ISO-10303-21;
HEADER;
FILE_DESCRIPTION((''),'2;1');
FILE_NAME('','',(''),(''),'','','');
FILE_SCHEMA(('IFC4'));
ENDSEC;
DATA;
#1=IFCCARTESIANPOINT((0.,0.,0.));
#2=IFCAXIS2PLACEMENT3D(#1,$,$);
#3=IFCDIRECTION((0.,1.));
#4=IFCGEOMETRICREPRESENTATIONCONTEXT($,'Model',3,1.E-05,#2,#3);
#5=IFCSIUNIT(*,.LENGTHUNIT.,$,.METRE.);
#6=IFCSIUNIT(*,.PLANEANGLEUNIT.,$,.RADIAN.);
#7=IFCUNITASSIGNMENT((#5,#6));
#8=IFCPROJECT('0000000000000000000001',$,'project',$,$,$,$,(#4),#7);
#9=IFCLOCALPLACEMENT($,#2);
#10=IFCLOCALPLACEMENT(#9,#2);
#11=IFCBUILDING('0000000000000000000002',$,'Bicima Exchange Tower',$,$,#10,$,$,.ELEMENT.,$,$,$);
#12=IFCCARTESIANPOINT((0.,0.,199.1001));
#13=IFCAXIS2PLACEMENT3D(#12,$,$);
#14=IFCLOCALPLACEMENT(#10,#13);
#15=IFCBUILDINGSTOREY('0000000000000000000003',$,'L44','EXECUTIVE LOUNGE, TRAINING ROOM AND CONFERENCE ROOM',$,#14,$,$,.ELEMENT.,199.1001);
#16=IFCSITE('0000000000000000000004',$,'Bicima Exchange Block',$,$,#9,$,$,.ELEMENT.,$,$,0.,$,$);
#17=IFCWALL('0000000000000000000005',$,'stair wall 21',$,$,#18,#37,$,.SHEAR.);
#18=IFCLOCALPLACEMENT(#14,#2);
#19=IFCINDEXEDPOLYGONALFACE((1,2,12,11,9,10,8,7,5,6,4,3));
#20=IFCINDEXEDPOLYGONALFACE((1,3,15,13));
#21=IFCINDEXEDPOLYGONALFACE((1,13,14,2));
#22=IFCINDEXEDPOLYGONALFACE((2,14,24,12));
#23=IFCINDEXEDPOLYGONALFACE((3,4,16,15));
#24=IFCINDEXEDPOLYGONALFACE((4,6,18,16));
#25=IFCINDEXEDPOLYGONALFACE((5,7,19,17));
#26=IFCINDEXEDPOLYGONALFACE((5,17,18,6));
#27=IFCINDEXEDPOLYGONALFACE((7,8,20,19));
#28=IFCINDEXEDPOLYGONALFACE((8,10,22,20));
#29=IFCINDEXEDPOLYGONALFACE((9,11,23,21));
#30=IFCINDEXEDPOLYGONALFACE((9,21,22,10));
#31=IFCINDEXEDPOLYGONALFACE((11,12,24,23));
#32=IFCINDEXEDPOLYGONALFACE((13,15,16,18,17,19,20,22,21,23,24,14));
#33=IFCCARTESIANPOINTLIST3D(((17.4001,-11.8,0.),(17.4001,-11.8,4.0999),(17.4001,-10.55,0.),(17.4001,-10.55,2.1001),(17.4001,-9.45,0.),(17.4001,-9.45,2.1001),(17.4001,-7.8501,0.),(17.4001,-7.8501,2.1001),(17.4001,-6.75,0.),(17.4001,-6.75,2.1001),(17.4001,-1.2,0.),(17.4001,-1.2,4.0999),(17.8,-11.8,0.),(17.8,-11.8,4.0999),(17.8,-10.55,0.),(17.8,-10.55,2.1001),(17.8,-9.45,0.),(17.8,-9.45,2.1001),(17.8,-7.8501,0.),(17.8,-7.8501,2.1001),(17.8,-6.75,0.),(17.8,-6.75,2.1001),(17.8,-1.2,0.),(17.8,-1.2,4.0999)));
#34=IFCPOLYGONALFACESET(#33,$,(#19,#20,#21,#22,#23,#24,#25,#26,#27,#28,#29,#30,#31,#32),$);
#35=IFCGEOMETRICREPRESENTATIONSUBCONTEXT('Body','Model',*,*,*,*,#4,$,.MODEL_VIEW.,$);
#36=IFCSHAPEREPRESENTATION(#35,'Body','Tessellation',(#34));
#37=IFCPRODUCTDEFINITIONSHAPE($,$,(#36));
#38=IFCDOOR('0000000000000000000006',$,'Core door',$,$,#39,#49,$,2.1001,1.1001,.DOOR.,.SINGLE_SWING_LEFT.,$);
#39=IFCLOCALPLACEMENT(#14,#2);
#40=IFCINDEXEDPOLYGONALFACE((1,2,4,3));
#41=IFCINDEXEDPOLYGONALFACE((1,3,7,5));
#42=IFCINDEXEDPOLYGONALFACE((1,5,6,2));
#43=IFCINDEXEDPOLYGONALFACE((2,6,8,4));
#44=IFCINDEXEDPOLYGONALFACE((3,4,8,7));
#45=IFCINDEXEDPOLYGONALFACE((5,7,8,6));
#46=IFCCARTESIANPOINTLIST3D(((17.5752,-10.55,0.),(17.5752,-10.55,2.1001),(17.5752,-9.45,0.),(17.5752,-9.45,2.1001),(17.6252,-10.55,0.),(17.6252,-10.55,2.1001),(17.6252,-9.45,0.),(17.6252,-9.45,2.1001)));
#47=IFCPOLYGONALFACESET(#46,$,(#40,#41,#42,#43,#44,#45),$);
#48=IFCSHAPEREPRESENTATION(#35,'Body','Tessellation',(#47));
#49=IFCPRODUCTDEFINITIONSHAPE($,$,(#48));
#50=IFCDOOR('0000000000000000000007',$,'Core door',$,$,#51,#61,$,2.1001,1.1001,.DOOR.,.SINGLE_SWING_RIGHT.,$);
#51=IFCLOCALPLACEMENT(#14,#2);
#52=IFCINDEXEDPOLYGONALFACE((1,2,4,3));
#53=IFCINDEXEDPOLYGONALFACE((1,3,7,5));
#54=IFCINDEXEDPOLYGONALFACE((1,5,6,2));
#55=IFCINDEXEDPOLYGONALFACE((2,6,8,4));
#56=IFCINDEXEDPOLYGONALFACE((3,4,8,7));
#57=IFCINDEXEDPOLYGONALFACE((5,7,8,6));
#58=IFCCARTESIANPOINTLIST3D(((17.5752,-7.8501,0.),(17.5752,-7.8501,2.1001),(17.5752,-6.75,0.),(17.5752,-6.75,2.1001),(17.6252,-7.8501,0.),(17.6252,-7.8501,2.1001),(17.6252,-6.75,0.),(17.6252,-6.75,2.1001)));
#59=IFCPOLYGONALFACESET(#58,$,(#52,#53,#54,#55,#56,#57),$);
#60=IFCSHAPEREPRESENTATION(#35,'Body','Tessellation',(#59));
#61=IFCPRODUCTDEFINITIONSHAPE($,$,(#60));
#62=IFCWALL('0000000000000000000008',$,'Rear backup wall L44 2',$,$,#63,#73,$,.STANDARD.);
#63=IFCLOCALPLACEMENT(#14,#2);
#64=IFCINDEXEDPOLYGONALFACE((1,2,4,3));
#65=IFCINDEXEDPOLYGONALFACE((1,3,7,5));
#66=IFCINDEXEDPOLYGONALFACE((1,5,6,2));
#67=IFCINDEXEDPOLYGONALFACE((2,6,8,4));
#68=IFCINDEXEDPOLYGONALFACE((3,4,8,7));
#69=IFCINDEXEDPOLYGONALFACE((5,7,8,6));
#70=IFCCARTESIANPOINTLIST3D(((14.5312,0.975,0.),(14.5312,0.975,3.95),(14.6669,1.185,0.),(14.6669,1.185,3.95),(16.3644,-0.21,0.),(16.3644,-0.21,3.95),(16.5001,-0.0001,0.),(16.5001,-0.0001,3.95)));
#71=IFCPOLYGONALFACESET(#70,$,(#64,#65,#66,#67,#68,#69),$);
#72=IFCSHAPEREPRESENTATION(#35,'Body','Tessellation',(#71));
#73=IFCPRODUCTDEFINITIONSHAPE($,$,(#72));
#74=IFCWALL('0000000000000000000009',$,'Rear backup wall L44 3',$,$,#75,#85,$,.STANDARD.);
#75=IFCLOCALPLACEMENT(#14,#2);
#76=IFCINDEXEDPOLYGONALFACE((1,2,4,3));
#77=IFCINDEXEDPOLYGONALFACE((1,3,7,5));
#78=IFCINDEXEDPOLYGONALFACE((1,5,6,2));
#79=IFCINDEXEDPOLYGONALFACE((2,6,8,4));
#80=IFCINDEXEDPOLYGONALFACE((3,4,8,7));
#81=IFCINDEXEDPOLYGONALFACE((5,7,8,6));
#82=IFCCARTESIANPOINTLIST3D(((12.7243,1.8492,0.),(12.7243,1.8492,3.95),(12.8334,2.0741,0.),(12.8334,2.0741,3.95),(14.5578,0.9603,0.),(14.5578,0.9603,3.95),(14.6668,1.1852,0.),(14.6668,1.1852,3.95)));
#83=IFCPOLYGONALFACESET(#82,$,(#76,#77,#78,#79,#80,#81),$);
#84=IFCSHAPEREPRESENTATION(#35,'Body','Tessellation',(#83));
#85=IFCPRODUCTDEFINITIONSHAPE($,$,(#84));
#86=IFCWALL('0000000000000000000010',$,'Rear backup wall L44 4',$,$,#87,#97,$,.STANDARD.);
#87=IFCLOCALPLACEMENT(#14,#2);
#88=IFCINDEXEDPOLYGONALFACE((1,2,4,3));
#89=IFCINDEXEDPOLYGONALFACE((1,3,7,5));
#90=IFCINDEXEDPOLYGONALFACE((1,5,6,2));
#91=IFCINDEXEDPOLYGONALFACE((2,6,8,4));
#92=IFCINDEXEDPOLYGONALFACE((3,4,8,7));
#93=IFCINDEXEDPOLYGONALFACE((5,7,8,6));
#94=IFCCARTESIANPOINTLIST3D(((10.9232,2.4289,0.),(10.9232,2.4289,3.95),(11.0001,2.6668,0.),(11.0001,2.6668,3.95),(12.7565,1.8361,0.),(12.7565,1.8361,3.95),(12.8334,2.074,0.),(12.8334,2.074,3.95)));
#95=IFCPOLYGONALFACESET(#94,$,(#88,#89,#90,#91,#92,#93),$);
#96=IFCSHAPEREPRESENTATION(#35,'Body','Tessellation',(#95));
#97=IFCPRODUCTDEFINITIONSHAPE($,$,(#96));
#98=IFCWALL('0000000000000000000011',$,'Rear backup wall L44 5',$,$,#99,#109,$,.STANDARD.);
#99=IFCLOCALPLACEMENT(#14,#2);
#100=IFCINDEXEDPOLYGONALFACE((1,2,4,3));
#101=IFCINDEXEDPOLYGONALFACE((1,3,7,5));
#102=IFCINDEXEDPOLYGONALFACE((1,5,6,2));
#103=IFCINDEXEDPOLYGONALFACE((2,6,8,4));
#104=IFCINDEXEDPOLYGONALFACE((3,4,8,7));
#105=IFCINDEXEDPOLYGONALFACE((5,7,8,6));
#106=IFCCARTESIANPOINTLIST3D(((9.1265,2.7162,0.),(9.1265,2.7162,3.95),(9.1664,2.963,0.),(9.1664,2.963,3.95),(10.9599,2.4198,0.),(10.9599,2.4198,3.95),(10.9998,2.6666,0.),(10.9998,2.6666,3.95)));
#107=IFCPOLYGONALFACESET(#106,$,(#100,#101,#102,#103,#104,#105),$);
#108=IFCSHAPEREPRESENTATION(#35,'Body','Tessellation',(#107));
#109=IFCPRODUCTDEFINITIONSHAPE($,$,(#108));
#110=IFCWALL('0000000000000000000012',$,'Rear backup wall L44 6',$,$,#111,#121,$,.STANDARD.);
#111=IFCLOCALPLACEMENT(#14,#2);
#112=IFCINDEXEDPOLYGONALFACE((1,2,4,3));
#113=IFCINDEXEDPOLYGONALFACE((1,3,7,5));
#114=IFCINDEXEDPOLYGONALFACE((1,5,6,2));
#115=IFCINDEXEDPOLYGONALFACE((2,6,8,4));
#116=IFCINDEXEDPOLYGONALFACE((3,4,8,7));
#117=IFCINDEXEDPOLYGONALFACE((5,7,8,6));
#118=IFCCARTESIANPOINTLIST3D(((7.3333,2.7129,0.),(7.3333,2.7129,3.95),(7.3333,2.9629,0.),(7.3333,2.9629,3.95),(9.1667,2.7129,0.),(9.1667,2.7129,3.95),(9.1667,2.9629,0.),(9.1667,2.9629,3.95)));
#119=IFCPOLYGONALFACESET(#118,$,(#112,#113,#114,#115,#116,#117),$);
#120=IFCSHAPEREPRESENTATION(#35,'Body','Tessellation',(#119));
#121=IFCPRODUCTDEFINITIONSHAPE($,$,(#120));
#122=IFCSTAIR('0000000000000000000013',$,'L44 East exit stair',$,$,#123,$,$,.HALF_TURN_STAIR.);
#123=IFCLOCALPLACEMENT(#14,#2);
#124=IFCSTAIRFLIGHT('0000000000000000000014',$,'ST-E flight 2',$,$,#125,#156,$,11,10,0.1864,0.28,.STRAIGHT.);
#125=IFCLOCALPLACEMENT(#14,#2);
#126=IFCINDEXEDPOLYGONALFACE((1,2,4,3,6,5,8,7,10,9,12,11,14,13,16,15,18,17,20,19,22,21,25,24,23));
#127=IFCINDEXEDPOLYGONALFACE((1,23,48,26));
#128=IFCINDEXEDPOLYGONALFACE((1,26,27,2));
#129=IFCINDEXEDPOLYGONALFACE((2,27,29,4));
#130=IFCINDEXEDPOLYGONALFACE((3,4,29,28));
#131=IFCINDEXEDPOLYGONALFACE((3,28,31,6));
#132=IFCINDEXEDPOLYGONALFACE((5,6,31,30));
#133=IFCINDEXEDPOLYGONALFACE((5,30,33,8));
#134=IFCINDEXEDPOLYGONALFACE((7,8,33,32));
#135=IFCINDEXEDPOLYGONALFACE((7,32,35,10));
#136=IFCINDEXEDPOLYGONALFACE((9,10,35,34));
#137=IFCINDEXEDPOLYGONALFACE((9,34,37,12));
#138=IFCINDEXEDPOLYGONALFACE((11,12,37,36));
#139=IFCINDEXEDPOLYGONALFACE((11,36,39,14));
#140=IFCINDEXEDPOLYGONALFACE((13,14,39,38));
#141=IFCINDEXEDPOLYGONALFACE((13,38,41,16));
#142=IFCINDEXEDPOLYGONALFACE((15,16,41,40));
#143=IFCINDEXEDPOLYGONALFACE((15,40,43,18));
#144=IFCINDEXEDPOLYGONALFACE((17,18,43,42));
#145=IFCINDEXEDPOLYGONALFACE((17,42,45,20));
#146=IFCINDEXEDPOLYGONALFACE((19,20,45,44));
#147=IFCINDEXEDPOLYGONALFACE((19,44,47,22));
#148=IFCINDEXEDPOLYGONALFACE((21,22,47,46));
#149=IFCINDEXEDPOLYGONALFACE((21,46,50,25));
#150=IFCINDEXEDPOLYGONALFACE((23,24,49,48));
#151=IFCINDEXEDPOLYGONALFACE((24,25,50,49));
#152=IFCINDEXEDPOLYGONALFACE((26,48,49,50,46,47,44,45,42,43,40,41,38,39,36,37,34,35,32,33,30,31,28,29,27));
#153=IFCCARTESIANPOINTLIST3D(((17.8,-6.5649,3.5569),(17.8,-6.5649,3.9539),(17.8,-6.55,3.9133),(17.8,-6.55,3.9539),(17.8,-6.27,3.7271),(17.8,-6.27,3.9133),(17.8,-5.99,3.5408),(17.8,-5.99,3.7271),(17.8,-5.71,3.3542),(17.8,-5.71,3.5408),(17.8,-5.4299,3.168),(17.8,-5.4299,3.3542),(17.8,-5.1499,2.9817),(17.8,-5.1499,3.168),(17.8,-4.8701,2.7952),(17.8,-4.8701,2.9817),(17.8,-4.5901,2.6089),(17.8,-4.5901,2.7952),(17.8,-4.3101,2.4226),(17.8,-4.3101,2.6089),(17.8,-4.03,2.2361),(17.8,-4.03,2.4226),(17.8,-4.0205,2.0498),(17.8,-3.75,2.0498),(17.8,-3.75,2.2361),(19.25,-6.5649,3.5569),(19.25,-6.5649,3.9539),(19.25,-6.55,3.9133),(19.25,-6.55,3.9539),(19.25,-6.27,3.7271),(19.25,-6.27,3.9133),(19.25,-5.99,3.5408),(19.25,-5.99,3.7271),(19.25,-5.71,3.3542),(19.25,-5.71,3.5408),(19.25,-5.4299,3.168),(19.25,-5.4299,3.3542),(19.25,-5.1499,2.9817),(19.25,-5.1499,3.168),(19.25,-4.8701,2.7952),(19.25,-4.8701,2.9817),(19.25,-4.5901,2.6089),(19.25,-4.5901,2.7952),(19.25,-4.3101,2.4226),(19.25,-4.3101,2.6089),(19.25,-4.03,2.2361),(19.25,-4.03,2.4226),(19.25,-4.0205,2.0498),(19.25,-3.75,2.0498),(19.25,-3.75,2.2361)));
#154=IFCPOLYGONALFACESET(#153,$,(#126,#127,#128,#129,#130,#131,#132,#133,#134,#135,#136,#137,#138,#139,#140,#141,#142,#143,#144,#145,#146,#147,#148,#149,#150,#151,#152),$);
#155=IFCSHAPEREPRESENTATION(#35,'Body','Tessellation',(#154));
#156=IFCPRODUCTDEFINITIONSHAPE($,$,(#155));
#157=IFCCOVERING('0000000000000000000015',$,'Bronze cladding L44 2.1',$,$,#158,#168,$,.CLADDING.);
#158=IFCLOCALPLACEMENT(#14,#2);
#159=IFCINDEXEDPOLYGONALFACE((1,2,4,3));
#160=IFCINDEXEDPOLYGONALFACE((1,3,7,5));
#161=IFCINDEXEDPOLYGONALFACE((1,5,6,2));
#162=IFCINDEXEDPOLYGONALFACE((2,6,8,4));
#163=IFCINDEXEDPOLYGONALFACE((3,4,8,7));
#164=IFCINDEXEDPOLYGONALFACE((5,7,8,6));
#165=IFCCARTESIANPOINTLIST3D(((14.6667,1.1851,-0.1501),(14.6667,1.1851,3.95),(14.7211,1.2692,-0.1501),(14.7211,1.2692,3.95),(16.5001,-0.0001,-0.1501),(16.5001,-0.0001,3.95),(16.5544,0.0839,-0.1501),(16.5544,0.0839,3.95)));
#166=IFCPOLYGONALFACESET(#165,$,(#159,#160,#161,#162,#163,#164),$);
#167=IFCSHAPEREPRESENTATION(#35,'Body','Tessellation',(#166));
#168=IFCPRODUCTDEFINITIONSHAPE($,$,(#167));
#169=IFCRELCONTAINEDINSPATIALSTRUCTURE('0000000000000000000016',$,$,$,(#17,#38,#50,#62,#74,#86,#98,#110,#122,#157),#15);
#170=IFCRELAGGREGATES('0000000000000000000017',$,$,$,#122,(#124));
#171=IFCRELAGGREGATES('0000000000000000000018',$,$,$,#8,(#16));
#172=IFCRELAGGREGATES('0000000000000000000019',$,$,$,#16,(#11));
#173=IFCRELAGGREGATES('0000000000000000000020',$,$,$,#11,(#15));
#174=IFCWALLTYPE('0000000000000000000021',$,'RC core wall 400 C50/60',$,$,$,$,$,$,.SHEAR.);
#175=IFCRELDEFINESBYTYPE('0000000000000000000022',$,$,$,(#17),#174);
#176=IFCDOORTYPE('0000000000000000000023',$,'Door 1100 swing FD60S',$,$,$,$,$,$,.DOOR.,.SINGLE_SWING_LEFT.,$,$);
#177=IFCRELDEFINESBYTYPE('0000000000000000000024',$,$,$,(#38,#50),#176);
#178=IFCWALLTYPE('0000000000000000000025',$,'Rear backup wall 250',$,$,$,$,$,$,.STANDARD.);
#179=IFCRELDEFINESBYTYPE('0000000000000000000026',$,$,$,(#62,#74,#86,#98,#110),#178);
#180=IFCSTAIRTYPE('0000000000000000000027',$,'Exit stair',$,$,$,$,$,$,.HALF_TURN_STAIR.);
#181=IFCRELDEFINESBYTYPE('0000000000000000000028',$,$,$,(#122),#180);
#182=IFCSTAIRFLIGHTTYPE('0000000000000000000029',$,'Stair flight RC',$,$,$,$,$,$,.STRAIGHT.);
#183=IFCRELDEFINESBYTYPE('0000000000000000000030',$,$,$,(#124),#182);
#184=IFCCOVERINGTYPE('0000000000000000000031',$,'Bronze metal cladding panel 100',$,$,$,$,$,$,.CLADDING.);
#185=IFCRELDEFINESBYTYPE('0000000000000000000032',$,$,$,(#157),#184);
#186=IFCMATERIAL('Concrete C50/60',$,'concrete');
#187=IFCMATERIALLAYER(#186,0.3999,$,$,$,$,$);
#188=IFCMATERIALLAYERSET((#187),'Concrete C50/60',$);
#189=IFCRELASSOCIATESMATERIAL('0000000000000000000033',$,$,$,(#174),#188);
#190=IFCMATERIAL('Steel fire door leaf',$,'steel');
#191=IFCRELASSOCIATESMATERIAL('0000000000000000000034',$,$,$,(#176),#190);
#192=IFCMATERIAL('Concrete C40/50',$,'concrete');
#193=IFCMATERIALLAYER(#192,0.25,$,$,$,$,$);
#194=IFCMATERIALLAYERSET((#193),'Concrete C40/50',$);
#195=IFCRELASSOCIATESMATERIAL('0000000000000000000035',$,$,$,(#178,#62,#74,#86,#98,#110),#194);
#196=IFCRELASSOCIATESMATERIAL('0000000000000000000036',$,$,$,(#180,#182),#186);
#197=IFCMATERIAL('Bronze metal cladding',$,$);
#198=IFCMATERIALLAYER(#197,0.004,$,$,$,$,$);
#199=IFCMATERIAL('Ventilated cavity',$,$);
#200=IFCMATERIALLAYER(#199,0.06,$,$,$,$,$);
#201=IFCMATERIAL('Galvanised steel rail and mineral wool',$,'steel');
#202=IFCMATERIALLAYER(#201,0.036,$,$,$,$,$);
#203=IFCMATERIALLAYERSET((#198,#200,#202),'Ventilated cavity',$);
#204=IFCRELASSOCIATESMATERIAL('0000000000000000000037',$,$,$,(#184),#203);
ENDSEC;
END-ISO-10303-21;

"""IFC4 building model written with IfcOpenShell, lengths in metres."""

from ifc_helpers import new_model, si_unit, direction, frame, frame_2d, origin, origin_2d, place, context, subcontext, project, spatial, polyline, rectangle, outline, extrude, material, layer, layer_set, layer_usage, type_object, element, fill, aggregate, save


model = new_model("IFC4")

# Units and contexts
model_context = context("Model", 3, precision=1e-05, world=origin(), true_north=direction((0.0, 1.0)))
body_context = subcontext(model_context, "Body", "Model", "MODEL_VIEW")
ifc_project = project(units=[si_unit("LENGTHUNIT", "METRE"), si_unit("PLANEANGLEUNIT", "RADIAN")], contexts=[model_context])

# Site, building, storey
site_placement = place(None, origin())
site = spatial("IfcSite", under=ifc_project, at=site_placement, Name="Bicima Exchange Block", CompositionType="ELEMENT", RefElevation=0.0)
building_placement = place(site_placement, origin())
building = spatial("IfcBuilding", under=site, at=building_placement, Name="Bicima Exchange Tower", CompositionType="ELEMENT")
storey_placement = place(building_placement, frame((0.0, 0.0, 199.1001)))
storey = spatial("IfcBuildingStorey", under=building, at=storey_placement, Name="L44", Description="EXECUTIVE LOUNGE, TRAINING ROOM AND CONFERENCE ROOM", CompositionType="ELEMENT", Elevation=199.1001)

# Shared definitions
ifc_material_1 = material(Name="Concrete C50/60", Category="concrete")
ifc_layer_1 = layer(ifc_material_1, 0.3999)
ifc_layer_set_1 = layer_set([ifc_layer_1], Name="Concrete C50/60")
wall_type_1 = type_object("IfcWallType", Name="RC core wall 400 C50/60", PredefinedType="SHEAR", material=ifc_layer_set_1)
ifc_material_2 = material(Name="Steel fire door leaf", Category="steel")

# Wall, openings, doors
door_type_1 = type_object("IfcDoorType", Name="Door 1100 swing FD60S", OperationType="SINGLE_SWING_LEFT", PredefinedType="DOOR", material=ifc_material_2)
wall_1_placement = place(storey_placement, frame((17.6001, -11.8, 0.0), z_axis=(0.0, 0.0, 1.0), x_axis=(0.0, 1.0, 0.0)))
wall_1 = element("IfcWall", 1, at=wall_1_placement, inside=storey, type_object=wall_type_1, Name="stair wall 21", PredefinedType="SHEAR", context=body_context, shape_type="SweptSolid", body=[
    extrude(rectangle(XDim=10.6001, YDim=0.3999, at=frame_2d((5.3, 0.0))), origin(), (0.0, 0.0, 1.0), 4.0999),
])
opening_1_placement = place(wall_1_placement, frame((1.25, 0.0, 0.0)))
opening_1 = element("IfcOpeningElement", 2, at=opening_1_placement, cuts=wall_1, PredefinedType="OPENING", context=body_context, shape_type="SweptSolid", body=[
    extrude(rectangle(XDim=1.1001, YDim=2.1001, at=frame_2d((0.55, 1.05))), frame((0.0, 0.2119, 0.0), z_axis=(0.0, -1.0, 0.0), x_axis=(1.0, 0.0, 0.0)), (0.0, 0.0, 1.0), 0.4238),
])
opening_2_placement = place(wall_1_placement, frame((3.95, 0.0, 0.0)))
opening_2 = element("IfcOpeningElement", 3, at=opening_2_placement, cuts=wall_1, PredefinedType="OPENING", context=body_context, shape_type="SweptSolid", body=[
    extrude(rectangle(XDim=1.1001, YDim=2.1001, at=frame_2d((0.55, 1.05))), frame((0.0, 0.2119, 0.0), z_axis=(0.0, -1.0, 0.0), x_axis=(1.0, 0.0, 0.0)), (0.0, 0.0, 1.0), 0.4238),
])
door_1_placement = place(opening_1_placement, origin())
door_1 = element("IfcDoor", 4, at=door_1_placement, inside=storey, type_object=door_type_1, Name="Core door", OperationType="SINGLE_SWING_LEFT", OverallHeight=2.1001, OverallWidth=1.1001, PredefinedType="DOOR", context=body_context, shape_type="SweptSolid", body=[
    extrude(rectangle(XDim=1.1001, YDim=2.1001, at=frame_2d((0.55, 1.05))), frame((0.0, 0.0249, 0.0), z_axis=(0.0, -1.0, 0.0), x_axis=(1.0, 0.0, 0.0)), (0.0, 0.0, 1.0), 0.05),
])
fill(opening_1, door_1)
door_2_placement = place(opening_2_placement, origin())
door_2 = element("IfcDoor", 5, at=door_2_placement, inside=storey, type_object=door_type_1, Name="Core door", OperationType="SINGLE_SWING_RIGHT", OverallHeight=2.1001, OverallWidth=1.1001, PredefinedType="DOOR", context=body_context, shape_type="SweptSolid", body=[
    extrude(rectangle(XDim=1.1001, YDim=2.1001, at=frame_2d((0.55, 1.05))), frame((0.0, 0.0249, 0.0), z_axis=(0.0, -1.0, 0.0), x_axis=(1.0, 0.0, 0.0)), (0.0, 0.0, 1.0), 0.05),
])
fill(opening_2, door_2)

# Walls
ifc_material_3 = material(Name="Concrete C40/50", Category="concrete")
ifc_layer_2 = layer(ifc_material_3, 0.25)
ifc_layer_set_2 = layer_set([ifc_layer_2], Name="Concrete C40/50")
ifc_layer_usage = layer_usage(ifc_layer_set_2, "AXIS2", "POSITIVE", -0.125)
wall_type_2 = type_object("IfcWallType", Name="Rear backup wall 250", PredefinedType="STANDARD", material=ifc_layer_set_2)
wall_2_placement = place(storey_placement, frame((16.4321, -0.105, 0.0), z_axis=(0.0, 0.0, 1.0), x_axis=(-0.839813, 0.542876, 0.0)))
element("IfcWall", 6, at=wall_2_placement, inside=storey, type_object=wall_type_2, material=ifc_layer_usage, Name="Rear backup wall L44 2", PredefinedType="STANDARD", context=body_context, shape_type="SweptSolid", body=[
    extrude(rectangle(XDim=2.1829, YDim=0.25, at=frame_2d((1.0913, 0.0))), origin(), (0.0, 0.0, 1.0), 3.95),
])
wall_3_placement = place(storey_placement, frame((14.6123, 1.0728, 0.0), z_axis=(0.0, 0.0, 1.0), x_axis=(-0.899824, 0.436253, 0.0)))
element("IfcWall", 7, at=wall_3_placement, inside=storey, type_object=wall_type_2, material=ifc_layer_usage, Name="Rear backup wall L44 3", PredefinedType="STANDARD", context=body_context, shape_type="SweptSolid", body=[
    extrude(rectangle(XDim=2.0376, YDim=0.25, at=frame_2d((1.0188, 0.0))), origin(), (0.0, 0.0, 1.0), 3.95),
])
wall_4_placement = place(storey_placement, frame((12.7949, 1.9551, 0.0), z_axis=(0.0, 0.0, 1.0), x_axis=(-0.951496, 0.307662, 0.0)))
element("IfcWall", 8, at=wall_4_placement, inside=storey, type_object=wall_type_2, material=ifc_layer_usage, Name="Rear backup wall L44 4", PredefinedType="STANDARD", context=body_context, shape_type="SweptSolid", body=[
    extrude(rectangle(XDim=1.9268, YDim=0.25, at=frame_2d((0.9634, 0.0))), origin(), (0.0, 0.0, 1.0), 3.95),
])
wall_5_placement = place(storey_placement, frame((10.98, 2.5432, 0.0), z_axis=(0.0, 0.0, 1.0), x_axis=(-0.987182, 0.1596, 0.0)))
element("IfcWall", 9, at=wall_5_placement, inside=storey, type_object=wall_type_2, material=ifc_layer_usage, Name="Rear backup wall L44 5", PredefinedType="STANDARD", context=body_context, shape_type="SweptSolid", body=[
    extrude(rectangle(XDim=1.8572, YDim=0.25, at=frame_2d((0.9287, 0.0))), origin(), (0.0, 0.0, 1.0), 3.95),
])
wall_6_placement = place(storey_placement, frame((9.1667, 2.8379, 0.0), z_axis=(0.0, 0.0, 1.0), x_axis=(-1.0, 0.0, 0.0)))
element("IfcWall", 10, at=wall_6_placement, inside=storey, type_object=wall_type_2, material=ifc_layer_usage, Name="Rear backup wall L44 6", PredefinedType="STANDARD", context=body_context, shape_type="SweptSolid", body=[
    extrude(rectangle(XDim=1.8335, YDim=0.25, at=frame_2d((0.9167, 0.0))), origin(), (0.0, 0.0, 1.0), 3.95),
])

# Stair, stair flight
stair_type = type_object("IfcStairType", Name="Exit stair", PredefinedType="HALF_TURN_STAIR", material=ifc_material_1)
stair_placement = place(storey_placement, origin())
stair = element("IfcStair", 11, at=stair_placement, inside=storey, type_object=stair_type, Name="L44 East exit stair", PredefinedType="HALF_TURN_STAIR")
stair_flight_type = type_object("IfcStairFlightType", Name="Stair flight RC", PredefinedType="STRAIGHT", material=ifc_material_1)
stair_flight_placement = place(storey_placement, frame((18.5249, -3.75, 2.0498), z_axis=(0.0, 0.0, 1.0), x_axis=(0.0, -1.0, 0.0)))
stair_flight = element("IfcStairFlight", 12, at=stair_flight_placement, type_object=stair_flight_type, Name="ST-E flight 2", NumberOfRisers=11, NumberOfTreads=10, PredefinedType="STRAIGHT", RiserHeight=0.1864, TreadLength=0.28, context=body_context, shape_type="SweptSolid", body=[
    extrude(outline(polyline([(0.0, 0.0), (0.0, 0.1863), (0.28, 0.1863), (0.28, 0.3728), (0.5601, 0.3728), (0.5601, 0.5591), (0.8401, 0.5591), (0.8401, 0.7454), (1.1201, 0.7454), (1.1201, 0.9319), (1.3999, 0.9319), (1.3999, 1.1182), (1.6799, 1.1182), (1.6799, 1.3044), (1.96, 1.3044), (1.96, 1.491), (2.24, 1.491), (2.24, 1.6772), (2.52, 1.6772), (2.52, 1.8635), (2.8, 1.8635), (2.8, 1.9041), (2.8149, 1.9041), (2.8149, 1.5071), (0.2705, 0.0), (0.0, 0.0)])), frame((0.0, 0.7251, 0.0), z_axis=(0.0, -1.0, 0.0), x_axis=(1.0, 0.0, 0.0)), (0.0, 0.0, 1.0), 1.45),
])
aggregate(stair, [stair_flight])

# Covering
ifc_material_4 = material(Name="Bronze metal cladding")
ifc_layer_3 = layer(ifc_material_4, 0.004)
ifc_material_5 = material(Name="Ventilated cavity")
ifc_layer_4 = layer(ifc_material_5, 0.06)
ifc_material_6 = material(Name="Galvanised steel rail and mineral wool", Category="steel")
ifc_layer_5 = layer(ifc_material_6, 0.036)
ifc_layer_set_3 = layer_set([ifc_layer_3, ifc_layer_4, ifc_layer_5], Name="Ventilated cavity")
covering_type = type_object("IfcCoveringType", Name="Bronze metal cladding panel 100", PredefinedType="CLADDING", material=ifc_layer_set_3)
covering_1_placement = place(storey_placement, frame((15.6106, 0.6345, -0.1501), z_axis=(0.0, 0.0, 1.0), x_axis=(-0.83979, 0.542911, 0.0)))
element("IfcCovering", 13, at=covering_1_placement, inside=storey, type_object=covering_type, Name="Bronze cladding L44 2.1", PredefinedType="CLADDING", context=body_context, shape_type="SweptSolid", body=[
    extrude(rectangle(XDim=2.1831, YDim=0.1001, at=origin_2d()), origin(), (0.0, 0.0, 1.0), 4.1001),
])

save(model, "model.ifc")
